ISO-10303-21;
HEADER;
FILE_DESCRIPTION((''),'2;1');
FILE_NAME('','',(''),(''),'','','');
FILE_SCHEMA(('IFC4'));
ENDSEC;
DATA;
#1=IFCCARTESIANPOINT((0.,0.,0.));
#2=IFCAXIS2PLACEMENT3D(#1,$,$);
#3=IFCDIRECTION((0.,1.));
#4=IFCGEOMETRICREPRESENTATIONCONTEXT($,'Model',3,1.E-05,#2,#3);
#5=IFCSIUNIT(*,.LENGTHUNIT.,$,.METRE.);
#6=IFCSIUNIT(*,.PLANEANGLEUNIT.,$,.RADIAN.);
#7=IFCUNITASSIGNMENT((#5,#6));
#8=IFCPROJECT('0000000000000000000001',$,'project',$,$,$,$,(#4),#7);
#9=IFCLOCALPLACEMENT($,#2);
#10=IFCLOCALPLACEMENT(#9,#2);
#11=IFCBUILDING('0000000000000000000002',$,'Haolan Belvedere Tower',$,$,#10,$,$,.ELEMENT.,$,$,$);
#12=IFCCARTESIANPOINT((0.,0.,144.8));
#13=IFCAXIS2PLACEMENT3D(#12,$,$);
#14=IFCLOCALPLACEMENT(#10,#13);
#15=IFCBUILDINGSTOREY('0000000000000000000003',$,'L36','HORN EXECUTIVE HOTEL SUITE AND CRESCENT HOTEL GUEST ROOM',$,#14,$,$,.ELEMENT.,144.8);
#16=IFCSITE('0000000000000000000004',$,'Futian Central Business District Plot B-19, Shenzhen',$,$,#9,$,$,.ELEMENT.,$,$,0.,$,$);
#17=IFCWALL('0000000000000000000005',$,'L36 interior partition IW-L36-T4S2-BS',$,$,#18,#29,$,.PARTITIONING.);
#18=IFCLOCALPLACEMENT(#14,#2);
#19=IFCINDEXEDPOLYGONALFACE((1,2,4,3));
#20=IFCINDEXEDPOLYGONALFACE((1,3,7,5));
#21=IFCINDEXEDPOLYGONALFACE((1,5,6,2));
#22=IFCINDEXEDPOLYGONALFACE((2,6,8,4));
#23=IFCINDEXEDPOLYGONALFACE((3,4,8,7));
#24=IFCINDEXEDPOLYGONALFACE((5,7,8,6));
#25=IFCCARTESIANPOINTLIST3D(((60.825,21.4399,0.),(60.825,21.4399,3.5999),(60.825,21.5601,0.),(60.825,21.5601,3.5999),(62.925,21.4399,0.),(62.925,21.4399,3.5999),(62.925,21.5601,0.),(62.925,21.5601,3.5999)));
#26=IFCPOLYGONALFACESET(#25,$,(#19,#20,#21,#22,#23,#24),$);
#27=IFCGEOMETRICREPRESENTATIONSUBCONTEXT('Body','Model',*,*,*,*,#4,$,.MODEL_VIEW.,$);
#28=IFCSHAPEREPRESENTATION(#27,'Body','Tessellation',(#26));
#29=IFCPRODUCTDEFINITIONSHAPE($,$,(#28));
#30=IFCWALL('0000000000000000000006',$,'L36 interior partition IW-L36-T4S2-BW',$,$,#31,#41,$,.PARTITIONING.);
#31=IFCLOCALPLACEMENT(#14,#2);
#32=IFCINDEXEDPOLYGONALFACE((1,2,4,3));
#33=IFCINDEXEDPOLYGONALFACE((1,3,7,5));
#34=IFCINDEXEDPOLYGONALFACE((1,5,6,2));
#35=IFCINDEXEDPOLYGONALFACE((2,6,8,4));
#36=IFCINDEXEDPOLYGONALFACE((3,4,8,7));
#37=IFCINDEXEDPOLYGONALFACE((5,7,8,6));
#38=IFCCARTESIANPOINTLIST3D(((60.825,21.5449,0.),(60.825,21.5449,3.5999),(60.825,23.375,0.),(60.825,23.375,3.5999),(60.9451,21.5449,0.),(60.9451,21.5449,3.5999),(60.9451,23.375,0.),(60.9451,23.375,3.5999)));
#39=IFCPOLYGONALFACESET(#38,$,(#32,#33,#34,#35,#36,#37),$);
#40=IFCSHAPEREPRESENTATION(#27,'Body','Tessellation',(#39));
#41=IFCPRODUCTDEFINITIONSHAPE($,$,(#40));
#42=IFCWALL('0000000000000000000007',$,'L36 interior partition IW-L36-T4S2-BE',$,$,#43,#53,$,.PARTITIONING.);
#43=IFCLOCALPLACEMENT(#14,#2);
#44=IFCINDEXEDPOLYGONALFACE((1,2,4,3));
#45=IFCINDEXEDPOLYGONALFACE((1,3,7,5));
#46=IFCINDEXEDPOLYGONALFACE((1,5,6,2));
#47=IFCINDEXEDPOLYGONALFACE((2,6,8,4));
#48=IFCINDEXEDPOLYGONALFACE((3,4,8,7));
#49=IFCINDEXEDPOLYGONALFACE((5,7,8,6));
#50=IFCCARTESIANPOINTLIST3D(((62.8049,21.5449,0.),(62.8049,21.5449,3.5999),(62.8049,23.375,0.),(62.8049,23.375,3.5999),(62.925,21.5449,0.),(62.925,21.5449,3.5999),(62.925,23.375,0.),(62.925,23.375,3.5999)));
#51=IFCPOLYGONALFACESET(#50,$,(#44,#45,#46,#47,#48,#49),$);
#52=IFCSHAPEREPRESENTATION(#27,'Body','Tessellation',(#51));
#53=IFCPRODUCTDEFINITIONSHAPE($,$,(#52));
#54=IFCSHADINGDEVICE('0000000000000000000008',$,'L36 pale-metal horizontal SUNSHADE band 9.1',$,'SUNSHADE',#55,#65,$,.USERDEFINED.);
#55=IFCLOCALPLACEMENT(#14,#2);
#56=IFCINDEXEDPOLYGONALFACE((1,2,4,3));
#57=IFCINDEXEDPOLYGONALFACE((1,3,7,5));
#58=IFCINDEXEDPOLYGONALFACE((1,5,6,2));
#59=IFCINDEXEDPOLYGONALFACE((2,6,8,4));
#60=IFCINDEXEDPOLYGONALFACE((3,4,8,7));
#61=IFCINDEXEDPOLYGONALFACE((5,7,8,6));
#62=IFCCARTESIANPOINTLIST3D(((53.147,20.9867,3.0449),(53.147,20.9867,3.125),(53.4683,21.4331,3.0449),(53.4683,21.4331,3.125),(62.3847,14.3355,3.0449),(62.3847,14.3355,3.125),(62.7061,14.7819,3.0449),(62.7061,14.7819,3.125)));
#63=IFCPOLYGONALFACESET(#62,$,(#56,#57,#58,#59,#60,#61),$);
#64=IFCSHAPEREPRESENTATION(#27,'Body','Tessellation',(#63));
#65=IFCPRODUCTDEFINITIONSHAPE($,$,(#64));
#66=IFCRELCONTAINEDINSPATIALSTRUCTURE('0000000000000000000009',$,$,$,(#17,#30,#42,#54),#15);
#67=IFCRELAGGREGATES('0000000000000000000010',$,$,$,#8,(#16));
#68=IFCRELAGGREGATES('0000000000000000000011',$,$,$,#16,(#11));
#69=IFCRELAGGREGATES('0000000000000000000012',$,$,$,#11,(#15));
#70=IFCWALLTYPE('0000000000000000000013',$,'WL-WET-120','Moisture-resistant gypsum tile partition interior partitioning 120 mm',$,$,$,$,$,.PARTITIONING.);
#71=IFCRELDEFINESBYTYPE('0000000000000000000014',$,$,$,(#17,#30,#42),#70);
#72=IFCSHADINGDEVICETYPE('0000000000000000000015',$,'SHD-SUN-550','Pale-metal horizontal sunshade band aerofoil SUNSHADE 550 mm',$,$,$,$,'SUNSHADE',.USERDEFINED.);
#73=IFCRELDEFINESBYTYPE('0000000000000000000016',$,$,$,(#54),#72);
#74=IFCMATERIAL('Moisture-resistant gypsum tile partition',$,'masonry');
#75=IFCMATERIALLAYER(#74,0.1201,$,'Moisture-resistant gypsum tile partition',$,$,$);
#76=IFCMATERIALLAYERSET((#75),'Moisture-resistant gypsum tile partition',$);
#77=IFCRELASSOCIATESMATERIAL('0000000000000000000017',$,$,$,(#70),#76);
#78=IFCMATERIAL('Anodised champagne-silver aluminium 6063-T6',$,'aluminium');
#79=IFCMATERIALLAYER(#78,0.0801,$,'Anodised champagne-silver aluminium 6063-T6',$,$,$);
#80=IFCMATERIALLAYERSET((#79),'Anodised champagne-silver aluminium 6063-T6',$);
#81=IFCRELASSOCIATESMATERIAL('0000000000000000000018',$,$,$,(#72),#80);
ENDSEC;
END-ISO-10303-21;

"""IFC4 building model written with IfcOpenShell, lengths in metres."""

from ifc_helpers import new_model, si_unit, direction, frame, frame_2d, origin, origin_2d, place, context, subcontext, project, spatial, rectangle, extrude, material, layer, layer_set, type_object, element, save


model = new_model("IFC4")

# Units and contexts
model_context = context("Model", 3, precision=1e-05, world=origin(), true_north=direction((0.0, 1.0)))
body_context = subcontext(model_context, "Body", "Model", "MODEL_VIEW")
ifc_project = project(units=[si_unit("LENGTHUNIT", "METRE"), si_unit("PLANEANGLEUNIT", "RADIAN")], contexts=[model_context])

# Site, building, storey
site_placement = place(None, origin())
site = spatial("IfcSite", under=ifc_project, at=site_placement, Name="Futian Central Business District Plot B-19, Shenzhen", CompositionType="ELEMENT", RefElevation=0.0)
building_placement = place(site_placement, origin())
building = spatial("IfcBuilding", under=site, at=building_placement, Name="Haolan Belvedere Tower", CompositionType="ELEMENT")
storey_placement = place(building_placement, frame((0.0, 0.0, 144.8)))
storey = spatial("IfcBuildingStorey", under=building, at=storey_placement, Name="L36", Description="HORN EXECUTIVE HOTEL SUITE AND CRESCENT HOTEL GUEST ROOM", CompositionType="ELEMENT", Elevation=144.8)

# Shared definitions
ifc_material_1 = material(Name="Moisture-resistant gypsum tile partition", Category="masonry")
ifc_layer_1 = layer(ifc_material_1, 0.1201, Name="Moisture-resistant gypsum tile partition")
ifc_layer_set_1 = layer_set([ifc_layer_1], Name="Moisture-resistant gypsum tile partition")
wall_type_1 = type_object("IfcWallType", Name="WL-WET-120", Description="Moisture-resistant gypsum tile partition interior partitioning 120 mm", PredefinedType="PARTITIONING", material=ifc_layer_set_1)

# Walls
wall_1_placement = place(storey_placement, frame((60.825, 21.5, 0.0), z_axis=(0.0, 0.0, 1.0), x_axis=(1.0, 0.0, 0.0)))
element("IfcWall", 1, at=wall_1_placement, inside=storey, type_object=wall_type_1, Name="L36 interior partition IW-L36-T4S2-BS", PredefinedType="PARTITIONING", context=body_context, shape_type="SweptSolid", body=[
    extrude(rectangle(XDim=2.1001, YDim=0.1201, at=frame_2d((1.05, 0.0))), origin(), (0.0, 0.0, 1.0), 3.5999),
])
for number, where, z_axis, x_axis, name in (
    (2, (60.885, 21.5449, 0.0), (0.0, 0.0, 1.0), (0.0, 1.0, 0.0), "L36 interior partition IW-L36-T4S2-BW"),
    (3, (62.865, 21.5449, 0.0), (0.0, 0.0, 1.0), (0.0, 1.0, 0.0), "L36 interior partition IW-L36-T4S2-BE"),
):
    element("IfcWall", number, at=place(storey_placement, frame(where, z_axis=z_axis, x_axis=x_axis)), inside=storey, type_object=wall_type_1, Name=name, PredefinedType="PARTITIONING", context=body_context, shape_type="SweptSolid", body=[
        extrude(rectangle(XDim=1.8301, YDim=0.1201, at=frame_2d((0.915, 0.0))), origin(), (0.0, 0.0, 1.0), 3.5999),
    ])

# Shading device
ifc_material_2 = material(Name="Anodised champagne-silver aluminium 6063-T6", Category="aluminium")
ifc_layer_2 = layer(ifc_material_2, 0.0801, Name="Anodised champagne-silver aluminium 6063-T6")
ifc_layer_set_2 = layer_set([ifc_layer_2], Name="Anodised champagne-silver aluminium 6063-T6")
shading_device_type = type_object("IfcShadingDeviceType", Name="SHD-SUN-550", Description="Pale-metal horizontal sunshade band aerofoil SUNSHADE 550 mm", ElementType="SUNSHADE", PredefinedType="USERDEFINED", material=ifc_layer_set_2)
shading_device_placement = place(storey_placement, frame((57.9265, 17.8843, 3.0449), z_axis=(0.0, 0.0, 1.0), x_axis=(0.811533, -0.584306, 0.0)))
element("IfcShadingDevice", 4, at=shading_device_placement, inside=storey, type_object=shading_device_type, Name="L36 pale-metal horizontal SUNSHADE band 9.1", ObjectType="SUNSHADE", PredefinedType="USERDEFINED", context=body_context, shape_type="SweptSolid", body=[
    extrude(rectangle(XDim=11.3831, YDim=0.55, at=origin_2d()), origin(), (0.0, 0.0, 1.0), 0.0801),
])

save(model, "model.ifc")
